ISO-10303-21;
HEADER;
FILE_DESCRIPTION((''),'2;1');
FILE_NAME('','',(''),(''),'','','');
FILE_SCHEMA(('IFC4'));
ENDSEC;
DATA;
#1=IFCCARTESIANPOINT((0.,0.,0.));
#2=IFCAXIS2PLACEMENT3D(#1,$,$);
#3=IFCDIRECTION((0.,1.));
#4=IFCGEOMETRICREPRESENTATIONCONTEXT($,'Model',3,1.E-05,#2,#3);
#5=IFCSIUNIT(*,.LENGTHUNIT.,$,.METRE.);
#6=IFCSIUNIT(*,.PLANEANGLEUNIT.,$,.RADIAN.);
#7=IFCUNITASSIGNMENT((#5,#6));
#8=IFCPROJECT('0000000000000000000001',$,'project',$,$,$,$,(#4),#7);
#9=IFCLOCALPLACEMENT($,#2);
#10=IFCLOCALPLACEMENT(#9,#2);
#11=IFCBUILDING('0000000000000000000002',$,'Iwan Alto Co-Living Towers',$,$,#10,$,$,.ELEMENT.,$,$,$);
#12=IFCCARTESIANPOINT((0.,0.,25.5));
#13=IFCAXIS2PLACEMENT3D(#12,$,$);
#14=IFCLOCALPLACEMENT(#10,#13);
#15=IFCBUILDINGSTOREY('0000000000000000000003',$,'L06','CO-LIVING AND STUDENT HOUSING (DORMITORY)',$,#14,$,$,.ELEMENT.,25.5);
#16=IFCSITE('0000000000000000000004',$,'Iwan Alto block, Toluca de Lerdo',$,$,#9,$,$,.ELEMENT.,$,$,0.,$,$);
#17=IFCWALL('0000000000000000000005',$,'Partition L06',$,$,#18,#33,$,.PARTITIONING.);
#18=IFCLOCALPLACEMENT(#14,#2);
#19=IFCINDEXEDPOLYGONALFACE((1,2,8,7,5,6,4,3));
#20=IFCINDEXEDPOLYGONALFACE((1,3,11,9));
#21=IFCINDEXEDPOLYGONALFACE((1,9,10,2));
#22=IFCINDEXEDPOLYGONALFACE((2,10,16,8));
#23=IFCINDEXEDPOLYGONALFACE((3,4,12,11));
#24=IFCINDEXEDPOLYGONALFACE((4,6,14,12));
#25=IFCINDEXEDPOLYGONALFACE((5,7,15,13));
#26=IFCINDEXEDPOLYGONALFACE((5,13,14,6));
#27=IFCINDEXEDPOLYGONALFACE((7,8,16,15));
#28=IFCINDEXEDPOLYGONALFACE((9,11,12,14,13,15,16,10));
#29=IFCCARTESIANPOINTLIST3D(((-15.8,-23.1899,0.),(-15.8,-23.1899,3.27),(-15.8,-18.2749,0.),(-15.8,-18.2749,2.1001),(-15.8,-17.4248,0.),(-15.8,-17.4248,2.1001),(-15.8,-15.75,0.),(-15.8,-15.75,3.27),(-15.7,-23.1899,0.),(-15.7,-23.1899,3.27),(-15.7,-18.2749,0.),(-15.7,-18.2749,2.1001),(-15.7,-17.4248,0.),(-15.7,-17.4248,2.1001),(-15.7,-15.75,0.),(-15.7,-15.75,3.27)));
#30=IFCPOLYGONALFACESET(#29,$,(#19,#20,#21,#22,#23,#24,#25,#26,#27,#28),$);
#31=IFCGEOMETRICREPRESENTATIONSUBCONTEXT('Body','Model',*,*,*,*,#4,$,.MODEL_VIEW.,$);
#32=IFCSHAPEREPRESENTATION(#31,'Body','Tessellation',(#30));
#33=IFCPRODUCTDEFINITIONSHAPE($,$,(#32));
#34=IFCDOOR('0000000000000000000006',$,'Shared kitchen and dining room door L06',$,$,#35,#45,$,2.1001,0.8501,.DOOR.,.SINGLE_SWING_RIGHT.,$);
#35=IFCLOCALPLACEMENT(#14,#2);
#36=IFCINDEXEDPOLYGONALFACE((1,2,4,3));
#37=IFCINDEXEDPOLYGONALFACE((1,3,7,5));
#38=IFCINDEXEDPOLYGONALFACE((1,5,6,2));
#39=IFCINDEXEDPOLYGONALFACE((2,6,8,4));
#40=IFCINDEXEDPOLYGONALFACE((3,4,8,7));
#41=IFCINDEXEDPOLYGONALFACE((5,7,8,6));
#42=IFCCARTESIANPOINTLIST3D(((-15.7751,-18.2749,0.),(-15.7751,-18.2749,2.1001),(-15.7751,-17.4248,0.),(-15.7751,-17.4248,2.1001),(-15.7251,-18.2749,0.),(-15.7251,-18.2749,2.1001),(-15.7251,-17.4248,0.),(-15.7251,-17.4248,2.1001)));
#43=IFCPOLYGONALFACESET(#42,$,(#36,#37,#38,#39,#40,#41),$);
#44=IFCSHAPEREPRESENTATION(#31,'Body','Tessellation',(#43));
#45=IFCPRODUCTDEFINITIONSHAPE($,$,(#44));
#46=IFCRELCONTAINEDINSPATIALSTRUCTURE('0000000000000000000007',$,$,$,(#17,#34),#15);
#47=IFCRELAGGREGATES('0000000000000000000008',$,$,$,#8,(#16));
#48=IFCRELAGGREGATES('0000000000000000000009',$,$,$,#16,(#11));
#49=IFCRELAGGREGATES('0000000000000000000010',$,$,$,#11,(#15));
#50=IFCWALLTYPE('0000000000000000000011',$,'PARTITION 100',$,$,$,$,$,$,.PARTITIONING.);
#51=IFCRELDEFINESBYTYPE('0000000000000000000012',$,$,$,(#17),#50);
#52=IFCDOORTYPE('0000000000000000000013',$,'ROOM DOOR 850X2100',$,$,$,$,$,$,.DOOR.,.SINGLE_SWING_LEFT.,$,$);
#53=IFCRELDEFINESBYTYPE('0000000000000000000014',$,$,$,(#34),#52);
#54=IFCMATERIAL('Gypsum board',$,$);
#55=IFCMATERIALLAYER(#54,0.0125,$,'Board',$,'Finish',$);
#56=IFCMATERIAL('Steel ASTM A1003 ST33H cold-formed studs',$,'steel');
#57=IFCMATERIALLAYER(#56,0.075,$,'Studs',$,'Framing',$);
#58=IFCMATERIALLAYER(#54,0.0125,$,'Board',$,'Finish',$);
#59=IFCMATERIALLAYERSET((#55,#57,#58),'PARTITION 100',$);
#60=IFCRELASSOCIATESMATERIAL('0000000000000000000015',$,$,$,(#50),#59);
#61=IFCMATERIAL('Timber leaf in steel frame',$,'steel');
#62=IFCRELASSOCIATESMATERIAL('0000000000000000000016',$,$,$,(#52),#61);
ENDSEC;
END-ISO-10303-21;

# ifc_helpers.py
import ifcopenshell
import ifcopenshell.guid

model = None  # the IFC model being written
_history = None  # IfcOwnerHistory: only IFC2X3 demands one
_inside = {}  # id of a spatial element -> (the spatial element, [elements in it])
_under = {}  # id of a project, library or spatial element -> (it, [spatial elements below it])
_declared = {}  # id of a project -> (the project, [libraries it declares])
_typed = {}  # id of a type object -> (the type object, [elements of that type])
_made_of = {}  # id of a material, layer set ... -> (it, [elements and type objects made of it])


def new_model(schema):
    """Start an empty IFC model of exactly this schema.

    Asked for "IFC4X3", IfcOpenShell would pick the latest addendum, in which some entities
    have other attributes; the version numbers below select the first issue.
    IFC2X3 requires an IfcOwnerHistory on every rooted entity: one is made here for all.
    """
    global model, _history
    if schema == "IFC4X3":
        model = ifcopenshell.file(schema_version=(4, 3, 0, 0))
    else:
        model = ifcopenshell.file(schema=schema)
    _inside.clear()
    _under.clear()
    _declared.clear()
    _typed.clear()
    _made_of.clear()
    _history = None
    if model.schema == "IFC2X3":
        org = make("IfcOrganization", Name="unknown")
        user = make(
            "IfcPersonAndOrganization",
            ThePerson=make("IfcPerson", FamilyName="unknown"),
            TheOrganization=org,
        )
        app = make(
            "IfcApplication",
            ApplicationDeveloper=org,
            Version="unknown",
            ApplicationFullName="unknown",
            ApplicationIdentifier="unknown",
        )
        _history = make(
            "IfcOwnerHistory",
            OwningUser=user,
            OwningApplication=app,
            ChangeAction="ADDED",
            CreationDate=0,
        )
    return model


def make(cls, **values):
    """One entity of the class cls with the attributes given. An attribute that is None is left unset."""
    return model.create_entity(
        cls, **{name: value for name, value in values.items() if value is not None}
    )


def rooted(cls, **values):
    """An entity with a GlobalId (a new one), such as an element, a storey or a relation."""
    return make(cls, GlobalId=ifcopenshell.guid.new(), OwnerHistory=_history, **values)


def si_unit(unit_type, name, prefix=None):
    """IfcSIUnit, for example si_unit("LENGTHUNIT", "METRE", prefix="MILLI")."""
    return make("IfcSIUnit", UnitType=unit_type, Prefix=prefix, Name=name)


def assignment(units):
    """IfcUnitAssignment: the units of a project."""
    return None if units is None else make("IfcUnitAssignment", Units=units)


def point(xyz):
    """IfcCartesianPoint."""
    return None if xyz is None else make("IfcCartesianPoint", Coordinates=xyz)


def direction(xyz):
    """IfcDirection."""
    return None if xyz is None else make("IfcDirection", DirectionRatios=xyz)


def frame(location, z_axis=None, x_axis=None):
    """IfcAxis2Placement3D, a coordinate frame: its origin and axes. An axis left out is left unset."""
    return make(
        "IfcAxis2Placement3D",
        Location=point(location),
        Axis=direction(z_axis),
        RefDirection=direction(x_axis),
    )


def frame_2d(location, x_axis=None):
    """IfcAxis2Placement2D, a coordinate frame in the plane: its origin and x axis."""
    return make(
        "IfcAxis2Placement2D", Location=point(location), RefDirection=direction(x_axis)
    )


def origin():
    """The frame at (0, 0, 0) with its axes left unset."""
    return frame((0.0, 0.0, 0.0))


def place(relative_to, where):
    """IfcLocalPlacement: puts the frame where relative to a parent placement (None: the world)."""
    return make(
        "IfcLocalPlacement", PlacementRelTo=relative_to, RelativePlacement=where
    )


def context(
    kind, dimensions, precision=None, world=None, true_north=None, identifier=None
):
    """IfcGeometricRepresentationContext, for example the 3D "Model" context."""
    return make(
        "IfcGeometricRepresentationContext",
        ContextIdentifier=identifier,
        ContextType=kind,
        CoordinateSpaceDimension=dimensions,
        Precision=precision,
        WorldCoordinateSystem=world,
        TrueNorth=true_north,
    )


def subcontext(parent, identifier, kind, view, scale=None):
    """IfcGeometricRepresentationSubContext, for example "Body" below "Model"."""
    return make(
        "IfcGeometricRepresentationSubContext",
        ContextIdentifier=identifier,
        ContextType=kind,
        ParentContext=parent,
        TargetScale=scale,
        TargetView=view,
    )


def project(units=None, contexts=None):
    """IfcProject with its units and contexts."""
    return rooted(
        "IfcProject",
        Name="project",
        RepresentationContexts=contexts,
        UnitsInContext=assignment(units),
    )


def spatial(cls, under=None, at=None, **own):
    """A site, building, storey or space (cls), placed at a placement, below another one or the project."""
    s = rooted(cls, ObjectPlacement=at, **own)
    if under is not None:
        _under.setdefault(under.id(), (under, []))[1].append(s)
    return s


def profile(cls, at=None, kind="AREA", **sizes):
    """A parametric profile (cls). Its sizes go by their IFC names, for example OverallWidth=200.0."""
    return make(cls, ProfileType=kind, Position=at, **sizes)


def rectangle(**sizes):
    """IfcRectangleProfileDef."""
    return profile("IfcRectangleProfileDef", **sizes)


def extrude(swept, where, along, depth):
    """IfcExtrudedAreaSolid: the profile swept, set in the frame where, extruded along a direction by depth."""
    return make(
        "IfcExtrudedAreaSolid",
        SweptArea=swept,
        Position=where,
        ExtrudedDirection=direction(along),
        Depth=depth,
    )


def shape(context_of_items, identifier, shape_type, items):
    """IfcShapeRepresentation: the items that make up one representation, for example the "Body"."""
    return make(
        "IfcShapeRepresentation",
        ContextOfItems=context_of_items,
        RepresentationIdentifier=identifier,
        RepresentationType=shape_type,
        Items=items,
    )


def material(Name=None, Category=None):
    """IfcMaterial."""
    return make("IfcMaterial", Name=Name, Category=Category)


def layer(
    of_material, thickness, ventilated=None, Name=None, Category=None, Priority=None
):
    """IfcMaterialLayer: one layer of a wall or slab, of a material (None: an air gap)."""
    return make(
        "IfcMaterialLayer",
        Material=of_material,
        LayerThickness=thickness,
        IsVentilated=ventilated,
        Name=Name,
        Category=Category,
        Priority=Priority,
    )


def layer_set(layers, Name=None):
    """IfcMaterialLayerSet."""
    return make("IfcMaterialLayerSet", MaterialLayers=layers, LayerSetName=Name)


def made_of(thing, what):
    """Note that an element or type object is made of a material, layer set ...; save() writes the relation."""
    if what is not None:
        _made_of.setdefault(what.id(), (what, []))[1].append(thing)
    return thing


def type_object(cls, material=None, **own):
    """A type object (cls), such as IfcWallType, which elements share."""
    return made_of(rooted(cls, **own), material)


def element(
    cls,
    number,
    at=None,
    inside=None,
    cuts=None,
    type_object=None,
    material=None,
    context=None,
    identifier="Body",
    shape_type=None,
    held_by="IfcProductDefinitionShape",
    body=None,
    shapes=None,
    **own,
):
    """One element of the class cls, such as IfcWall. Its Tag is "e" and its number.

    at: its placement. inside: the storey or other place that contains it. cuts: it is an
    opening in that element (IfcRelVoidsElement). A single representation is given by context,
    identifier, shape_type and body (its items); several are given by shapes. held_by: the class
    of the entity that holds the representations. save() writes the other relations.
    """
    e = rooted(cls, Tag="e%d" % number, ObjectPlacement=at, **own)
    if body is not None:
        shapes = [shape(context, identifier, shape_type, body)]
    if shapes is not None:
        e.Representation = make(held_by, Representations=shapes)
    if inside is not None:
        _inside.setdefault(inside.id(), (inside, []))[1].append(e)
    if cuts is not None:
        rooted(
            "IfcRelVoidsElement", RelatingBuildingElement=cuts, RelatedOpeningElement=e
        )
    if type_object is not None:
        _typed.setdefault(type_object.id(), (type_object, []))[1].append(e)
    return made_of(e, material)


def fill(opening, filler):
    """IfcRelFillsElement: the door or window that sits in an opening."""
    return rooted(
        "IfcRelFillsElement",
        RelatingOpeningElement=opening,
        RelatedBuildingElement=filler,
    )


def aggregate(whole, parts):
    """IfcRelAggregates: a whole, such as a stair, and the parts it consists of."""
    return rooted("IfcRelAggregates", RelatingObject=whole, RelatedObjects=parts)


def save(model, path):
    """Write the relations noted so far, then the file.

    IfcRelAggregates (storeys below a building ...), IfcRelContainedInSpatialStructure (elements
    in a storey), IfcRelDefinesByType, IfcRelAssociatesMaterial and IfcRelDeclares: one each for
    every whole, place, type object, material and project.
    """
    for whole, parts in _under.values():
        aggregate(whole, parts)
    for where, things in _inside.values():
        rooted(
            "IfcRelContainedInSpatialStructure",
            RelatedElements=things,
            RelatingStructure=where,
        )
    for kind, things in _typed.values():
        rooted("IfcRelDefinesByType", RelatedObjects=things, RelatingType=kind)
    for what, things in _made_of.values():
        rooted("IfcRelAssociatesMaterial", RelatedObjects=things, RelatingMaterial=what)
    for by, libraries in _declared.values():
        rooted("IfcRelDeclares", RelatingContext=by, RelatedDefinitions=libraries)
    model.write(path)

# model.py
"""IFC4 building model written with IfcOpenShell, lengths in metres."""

from ifc_helpers import new_model, si_unit, direction, frame, frame_2d, origin, place, context, subcontext, project, spatial, rectangle, extrude, material, layer, layer_set, type_object, element, fill, save


model = new_model("IFC4")

# Units and contexts
model_context = context("Model", 3, precision=1e-05, world=origin(), true_north=direction((0.0, 1.0)))
body_context = subcontext(model_context, "Body", "Model", "MODEL_VIEW")
ifc_project = project(units=[si_unit("LENGTHUNIT", "METRE"), si_unit("PLANEANGLEUNIT", "RADIAN")], contexts=[model_context])

# Site, building, storey
site_placement = place(None, origin())
site = spatial("IfcSite", under=ifc_project, at=site_placement, Name="Iwan Alto block, Toluca de Lerdo", CompositionType="ELEMENT", RefElevation=0.0)
building_placement = place(site_placement, origin())
building = spatial("IfcBuilding", under=site, at=building_placement, Name="Iwan Alto Co-Living Towers", CompositionType="ELEMENT")
storey_placement = place(building_placement, frame((0.0, 0.0, 25.5)))
storey = spatial("IfcBuildingStorey", under=building, at=storey_placement, Name="L06", Description="CO-LIVING AND STUDENT HOUSING (DORMITORY)", CompositionType="ELEMENT", Elevation=25.5)

# Wall, opening, door
ifc_material_1 = material(Name="Gypsum board")
ifc_layer_1 = layer(ifc_material_1, 0.0125, Name="Board", Category="Finish")
ifc_material_2 = material(Name="Steel ASTM A1003 ST33H cold-formed studs", Category="steel")
ifc_layer_2 = layer(ifc_material_2, 0.075, Name="Studs", Category="Framing")
ifc_layer_3 = layer(ifc_material_1, 0.0125, Name="Board", Category="Finish")
ifc_layer_set_1 = layer_set([ifc_layer_1, ifc_layer_2, ifc_layer_3], Name="PARTITION 100")
wall_type = type_object("IfcWallType", Name="PARTITION 100", PredefinedType="PARTITIONING", material=ifc_layer_set_1)
wall_placement = place(storey_placement, frame((-15.75, -23.1899, 0.0), z_axis=(0.0, 0.0, 1.0), x_axis=(0.0, 1.0, 0.0)))
wall = element("IfcWall", 1, at=wall_placement, inside=storey, type_object=wall_type, Name="Partition L06", PredefinedType="PARTITIONING", context=body_context, shape_type="SweptSolid", body=[
    extrude(rectangle(XDim=7.4399, YDim=0.1001, at=frame_2d((3.72, 0.0))), origin(), (0.0, 0.0, 1.0), 3.27),
])
opening_placement = place(wall_placement, frame((4.915, 0.0, 0.0)))
opening = element("IfcOpeningElement", 2, at=opening_placement, cuts=wall, PredefinedType="OPENING", context=body_context, shape_type="SweptSolid", body=[
    extrude(rectangle(XDim=0.8501, YDim=2.1001, at=frame_2d((0.425, 1.05))), frame((0.0, 0.0601, 0.0), z_axis=(0.0, -1.0, 0.0), x_axis=(1.0, 0.0, 0.0)), (0.0, 0.0, 1.0), 0.1201),
])
ifc_material_3 = material(Name="Timber leaf in steel frame", Category="steel")
door_type = type_object("IfcDoorType", Name="ROOM DOOR 850X2100", OperationType="SINGLE_SWING_LEFT", PredefinedType="DOOR", material=ifc_material_3)
door_placement = place(opening_placement, frame((0.8501, 0.0, 0.0), z_axis=(0.0, 0.0, 1.0), x_axis=(-1.0, 0.0, 0.0)))
door = element("IfcDoor", 3, at=door_placement, inside=storey, type_object=door_type, Name="Shared kitchen and dining room door L06", OperationType="SINGLE_SWING_RIGHT", OverallHeight=2.1001, OverallWidth=0.8501, PredefinedType="DOOR", context=body_context, shape_type="SweptSolid", body=[
    extrude(rectangle(XDim=0.8501, YDim=2.1001, at=frame_2d((0.425, 1.05))), frame((0.0, 0.0249, 0.0), z_axis=(0.0, -1.0, 0.0), x_axis=(1.0, 0.0, 0.0)), (0.0, 0.0, 1.0), 0.05),
])
fill(opening, door)

save(model, "model.ifc")
